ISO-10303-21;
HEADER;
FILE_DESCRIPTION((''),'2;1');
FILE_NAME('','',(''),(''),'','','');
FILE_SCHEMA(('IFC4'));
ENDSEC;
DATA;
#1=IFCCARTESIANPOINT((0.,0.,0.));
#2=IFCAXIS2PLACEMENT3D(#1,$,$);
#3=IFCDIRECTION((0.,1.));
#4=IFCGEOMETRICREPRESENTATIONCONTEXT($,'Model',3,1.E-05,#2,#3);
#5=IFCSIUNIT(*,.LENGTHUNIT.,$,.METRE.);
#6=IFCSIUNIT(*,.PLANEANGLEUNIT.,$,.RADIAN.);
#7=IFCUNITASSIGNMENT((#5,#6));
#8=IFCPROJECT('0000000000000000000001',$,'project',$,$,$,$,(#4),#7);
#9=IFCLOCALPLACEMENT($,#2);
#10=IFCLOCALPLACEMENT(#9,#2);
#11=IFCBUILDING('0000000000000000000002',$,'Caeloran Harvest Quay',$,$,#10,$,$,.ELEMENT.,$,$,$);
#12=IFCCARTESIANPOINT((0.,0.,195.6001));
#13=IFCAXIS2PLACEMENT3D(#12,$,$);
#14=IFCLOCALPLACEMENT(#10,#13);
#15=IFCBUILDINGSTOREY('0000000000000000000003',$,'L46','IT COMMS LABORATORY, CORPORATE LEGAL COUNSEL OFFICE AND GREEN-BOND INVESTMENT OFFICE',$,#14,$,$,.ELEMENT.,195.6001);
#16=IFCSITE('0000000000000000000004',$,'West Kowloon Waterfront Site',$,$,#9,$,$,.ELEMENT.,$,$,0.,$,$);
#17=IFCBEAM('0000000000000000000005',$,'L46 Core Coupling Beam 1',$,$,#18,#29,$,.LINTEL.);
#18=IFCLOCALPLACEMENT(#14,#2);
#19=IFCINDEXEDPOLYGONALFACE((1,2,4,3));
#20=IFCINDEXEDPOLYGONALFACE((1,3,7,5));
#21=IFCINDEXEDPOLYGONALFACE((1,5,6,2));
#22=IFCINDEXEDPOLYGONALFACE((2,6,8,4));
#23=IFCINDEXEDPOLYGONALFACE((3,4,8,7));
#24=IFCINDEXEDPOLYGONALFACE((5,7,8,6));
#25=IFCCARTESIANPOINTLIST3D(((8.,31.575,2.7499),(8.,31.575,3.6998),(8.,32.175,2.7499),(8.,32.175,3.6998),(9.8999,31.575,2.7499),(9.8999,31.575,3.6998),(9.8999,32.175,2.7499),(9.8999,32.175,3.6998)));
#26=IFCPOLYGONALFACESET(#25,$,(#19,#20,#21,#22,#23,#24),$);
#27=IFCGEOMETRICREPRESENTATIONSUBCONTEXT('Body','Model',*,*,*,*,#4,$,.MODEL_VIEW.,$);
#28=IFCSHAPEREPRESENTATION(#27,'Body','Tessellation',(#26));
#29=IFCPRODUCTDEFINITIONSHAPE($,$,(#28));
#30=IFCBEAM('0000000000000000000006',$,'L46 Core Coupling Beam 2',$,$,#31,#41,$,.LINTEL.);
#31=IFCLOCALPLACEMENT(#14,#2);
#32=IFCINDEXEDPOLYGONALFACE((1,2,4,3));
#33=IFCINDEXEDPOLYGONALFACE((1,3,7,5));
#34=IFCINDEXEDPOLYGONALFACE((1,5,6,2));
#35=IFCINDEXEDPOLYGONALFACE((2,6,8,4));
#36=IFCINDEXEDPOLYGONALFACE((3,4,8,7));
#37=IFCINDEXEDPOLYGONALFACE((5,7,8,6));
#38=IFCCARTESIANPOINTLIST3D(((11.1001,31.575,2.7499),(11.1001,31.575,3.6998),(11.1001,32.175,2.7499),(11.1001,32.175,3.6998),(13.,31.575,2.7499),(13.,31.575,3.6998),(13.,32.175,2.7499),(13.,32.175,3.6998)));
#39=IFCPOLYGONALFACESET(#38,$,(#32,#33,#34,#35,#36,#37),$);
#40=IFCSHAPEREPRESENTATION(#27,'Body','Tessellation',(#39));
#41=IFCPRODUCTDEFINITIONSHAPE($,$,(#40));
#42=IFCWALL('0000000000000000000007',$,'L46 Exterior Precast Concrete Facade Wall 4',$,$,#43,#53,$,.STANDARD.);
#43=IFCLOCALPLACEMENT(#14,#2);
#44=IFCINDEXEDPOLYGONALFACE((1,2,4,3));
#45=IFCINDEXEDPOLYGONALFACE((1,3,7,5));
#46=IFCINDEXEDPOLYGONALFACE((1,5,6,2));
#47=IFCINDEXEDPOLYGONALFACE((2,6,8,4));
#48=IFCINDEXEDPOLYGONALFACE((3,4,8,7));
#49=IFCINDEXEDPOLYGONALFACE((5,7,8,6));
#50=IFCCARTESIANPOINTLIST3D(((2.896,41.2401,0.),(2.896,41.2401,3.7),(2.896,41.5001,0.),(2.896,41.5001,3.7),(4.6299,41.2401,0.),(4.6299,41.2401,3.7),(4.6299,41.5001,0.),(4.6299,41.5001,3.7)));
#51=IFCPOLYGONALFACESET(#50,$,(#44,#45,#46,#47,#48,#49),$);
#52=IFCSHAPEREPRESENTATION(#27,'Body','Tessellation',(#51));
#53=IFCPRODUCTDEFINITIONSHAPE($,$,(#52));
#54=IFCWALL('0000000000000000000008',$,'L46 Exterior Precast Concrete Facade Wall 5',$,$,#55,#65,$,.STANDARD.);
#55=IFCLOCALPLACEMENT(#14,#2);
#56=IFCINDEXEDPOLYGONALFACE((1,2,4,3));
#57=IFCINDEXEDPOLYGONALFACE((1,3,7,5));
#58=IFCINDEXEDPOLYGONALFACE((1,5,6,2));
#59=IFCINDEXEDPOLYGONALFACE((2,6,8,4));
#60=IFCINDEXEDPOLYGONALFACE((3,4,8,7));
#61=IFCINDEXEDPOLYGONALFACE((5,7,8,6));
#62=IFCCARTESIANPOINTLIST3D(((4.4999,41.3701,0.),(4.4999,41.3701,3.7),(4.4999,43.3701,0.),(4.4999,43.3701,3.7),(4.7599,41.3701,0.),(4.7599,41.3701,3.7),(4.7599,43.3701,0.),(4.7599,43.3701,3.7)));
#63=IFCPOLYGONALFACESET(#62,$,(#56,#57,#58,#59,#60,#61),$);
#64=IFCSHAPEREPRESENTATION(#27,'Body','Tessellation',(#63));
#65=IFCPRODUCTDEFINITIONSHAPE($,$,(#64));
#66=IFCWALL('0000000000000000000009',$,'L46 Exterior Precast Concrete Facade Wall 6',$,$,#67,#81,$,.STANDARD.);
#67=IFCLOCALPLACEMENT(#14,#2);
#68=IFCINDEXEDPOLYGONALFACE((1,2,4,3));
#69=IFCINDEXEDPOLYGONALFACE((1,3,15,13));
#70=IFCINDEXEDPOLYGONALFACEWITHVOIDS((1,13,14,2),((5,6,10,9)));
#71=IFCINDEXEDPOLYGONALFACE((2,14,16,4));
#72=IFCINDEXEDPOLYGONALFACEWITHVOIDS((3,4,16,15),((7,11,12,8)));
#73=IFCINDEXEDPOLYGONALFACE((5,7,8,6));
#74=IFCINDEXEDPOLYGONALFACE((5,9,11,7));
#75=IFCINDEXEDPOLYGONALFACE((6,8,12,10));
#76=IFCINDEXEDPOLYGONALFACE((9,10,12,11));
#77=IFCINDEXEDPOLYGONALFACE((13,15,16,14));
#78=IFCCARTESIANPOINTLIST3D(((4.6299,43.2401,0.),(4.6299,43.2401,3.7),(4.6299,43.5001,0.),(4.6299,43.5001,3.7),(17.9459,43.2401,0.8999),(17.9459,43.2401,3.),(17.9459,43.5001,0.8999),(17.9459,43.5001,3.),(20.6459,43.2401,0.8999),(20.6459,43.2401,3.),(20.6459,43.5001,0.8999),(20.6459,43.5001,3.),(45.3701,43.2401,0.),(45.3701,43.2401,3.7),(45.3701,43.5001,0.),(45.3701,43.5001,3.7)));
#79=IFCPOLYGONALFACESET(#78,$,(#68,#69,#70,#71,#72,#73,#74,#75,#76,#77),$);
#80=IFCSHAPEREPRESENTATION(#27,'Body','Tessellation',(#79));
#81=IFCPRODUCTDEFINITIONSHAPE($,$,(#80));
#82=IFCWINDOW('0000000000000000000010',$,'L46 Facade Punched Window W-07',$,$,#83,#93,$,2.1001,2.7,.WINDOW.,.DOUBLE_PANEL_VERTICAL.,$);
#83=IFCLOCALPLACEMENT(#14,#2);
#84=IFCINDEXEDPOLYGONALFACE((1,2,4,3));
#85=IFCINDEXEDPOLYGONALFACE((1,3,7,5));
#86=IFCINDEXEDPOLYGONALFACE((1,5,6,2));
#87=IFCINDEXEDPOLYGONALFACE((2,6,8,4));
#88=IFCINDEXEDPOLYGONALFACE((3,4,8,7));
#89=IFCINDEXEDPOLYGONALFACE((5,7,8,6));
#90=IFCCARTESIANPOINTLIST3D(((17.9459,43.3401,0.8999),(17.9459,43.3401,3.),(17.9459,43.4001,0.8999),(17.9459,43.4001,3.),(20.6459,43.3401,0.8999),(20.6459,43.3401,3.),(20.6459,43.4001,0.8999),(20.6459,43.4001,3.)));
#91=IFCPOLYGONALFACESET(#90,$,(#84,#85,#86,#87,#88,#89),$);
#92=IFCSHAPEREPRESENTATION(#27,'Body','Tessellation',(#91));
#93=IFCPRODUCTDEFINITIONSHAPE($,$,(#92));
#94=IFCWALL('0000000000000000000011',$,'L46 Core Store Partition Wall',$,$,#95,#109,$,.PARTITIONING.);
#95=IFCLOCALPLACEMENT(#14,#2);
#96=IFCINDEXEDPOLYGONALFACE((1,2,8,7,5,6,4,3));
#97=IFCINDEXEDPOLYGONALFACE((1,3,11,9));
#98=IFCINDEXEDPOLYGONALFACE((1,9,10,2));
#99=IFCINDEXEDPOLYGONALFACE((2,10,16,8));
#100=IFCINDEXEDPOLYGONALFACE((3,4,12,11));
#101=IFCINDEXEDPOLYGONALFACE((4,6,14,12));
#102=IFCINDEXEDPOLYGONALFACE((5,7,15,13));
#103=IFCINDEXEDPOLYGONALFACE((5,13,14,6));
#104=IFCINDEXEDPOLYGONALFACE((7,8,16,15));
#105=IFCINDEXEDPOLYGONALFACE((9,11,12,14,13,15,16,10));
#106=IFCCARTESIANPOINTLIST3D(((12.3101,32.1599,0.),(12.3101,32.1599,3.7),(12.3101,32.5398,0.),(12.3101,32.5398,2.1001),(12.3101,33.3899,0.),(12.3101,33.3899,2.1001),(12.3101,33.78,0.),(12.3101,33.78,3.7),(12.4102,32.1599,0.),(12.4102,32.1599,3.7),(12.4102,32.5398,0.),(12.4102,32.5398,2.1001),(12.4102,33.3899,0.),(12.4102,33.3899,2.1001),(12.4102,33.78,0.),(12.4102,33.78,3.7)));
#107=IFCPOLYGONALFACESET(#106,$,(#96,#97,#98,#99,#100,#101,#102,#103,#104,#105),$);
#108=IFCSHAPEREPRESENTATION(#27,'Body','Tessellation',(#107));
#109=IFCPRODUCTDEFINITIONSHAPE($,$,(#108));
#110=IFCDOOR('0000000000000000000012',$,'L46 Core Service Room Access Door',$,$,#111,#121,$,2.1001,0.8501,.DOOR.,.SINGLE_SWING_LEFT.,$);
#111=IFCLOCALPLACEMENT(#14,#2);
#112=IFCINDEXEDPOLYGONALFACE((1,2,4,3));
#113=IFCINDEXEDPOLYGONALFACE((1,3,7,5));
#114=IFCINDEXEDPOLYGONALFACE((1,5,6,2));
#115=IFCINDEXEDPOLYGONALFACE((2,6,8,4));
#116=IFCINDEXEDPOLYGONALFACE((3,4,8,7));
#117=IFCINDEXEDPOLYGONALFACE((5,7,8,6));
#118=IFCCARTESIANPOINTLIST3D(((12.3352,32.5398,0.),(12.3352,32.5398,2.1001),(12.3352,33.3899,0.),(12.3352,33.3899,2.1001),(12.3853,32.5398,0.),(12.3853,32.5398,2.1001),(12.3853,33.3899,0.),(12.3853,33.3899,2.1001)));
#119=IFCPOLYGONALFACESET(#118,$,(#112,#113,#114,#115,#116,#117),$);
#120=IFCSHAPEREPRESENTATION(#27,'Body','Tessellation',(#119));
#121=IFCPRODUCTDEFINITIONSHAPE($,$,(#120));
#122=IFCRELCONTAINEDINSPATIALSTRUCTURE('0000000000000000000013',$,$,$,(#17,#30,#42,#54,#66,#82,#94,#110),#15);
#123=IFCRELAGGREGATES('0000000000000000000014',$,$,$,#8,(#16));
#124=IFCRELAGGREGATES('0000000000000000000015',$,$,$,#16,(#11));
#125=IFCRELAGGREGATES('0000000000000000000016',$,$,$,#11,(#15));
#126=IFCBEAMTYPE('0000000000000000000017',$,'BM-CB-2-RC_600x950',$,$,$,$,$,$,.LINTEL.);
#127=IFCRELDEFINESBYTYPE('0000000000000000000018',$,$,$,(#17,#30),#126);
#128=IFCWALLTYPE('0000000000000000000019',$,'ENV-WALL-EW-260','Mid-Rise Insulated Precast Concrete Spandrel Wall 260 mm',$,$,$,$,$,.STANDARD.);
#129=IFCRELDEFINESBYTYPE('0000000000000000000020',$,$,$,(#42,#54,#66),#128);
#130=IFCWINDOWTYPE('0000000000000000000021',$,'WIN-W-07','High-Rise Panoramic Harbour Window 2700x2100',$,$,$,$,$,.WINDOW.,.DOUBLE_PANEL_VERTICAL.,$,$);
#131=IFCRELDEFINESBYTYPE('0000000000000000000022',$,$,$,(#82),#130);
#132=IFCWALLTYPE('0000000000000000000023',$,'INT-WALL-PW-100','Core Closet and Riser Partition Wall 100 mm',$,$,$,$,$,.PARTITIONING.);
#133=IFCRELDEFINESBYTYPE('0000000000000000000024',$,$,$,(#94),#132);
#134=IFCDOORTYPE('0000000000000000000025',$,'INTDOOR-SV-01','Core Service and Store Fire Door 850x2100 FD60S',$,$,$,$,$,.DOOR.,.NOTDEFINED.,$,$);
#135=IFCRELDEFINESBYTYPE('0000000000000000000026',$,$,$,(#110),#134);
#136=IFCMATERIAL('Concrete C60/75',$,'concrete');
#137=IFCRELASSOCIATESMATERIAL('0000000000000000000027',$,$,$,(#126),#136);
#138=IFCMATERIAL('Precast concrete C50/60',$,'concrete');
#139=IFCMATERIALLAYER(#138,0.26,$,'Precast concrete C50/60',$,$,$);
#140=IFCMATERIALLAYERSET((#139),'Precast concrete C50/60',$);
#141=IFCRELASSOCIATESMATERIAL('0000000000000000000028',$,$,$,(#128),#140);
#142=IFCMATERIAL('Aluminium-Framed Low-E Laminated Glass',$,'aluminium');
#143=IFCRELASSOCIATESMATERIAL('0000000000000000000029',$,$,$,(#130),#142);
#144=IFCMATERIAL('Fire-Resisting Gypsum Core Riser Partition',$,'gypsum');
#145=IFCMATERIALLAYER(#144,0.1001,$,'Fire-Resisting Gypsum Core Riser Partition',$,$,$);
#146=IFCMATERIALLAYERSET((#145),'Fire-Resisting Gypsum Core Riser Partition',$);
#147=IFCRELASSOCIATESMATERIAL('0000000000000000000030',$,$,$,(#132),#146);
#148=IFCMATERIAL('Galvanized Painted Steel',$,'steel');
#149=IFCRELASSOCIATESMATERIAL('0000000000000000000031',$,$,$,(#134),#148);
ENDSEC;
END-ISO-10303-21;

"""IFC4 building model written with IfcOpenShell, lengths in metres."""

from ifc_helpers import new_model, si_unit, direction, frame, frame_2d, origin, origin_2d, place, context, subcontext, project, spatial, rectangle, extrude, material, layer, layer_set, material_profile, profile_set, type_object, element, fill, save


model = new_model("IFC4")

# Units and contexts
model_context = context("Model", 3, precision=1e-05, world=origin(), true_north=direction((0.0, 1.0)))
body_context = subcontext(model_context, "Body", "Model", "MODEL_VIEW")
ifc_project = project(units=[si_unit("LENGTHUNIT", "METRE"), si_unit("PLANEANGLEUNIT", "RADIAN")], contexts=[model_context])

# Site, building, storey
site_placement = place(None, origin())
site = spatial("IfcSite", under=ifc_project, at=site_placement, Name="West Kowloon Waterfront Site", CompositionType="ELEMENT", RefElevation=0.0)
building_placement = place(site_placement, origin())
building = spatial("IfcBuilding", under=site, at=building_placement, Name="Caeloran Harvest Quay", CompositionType="ELEMENT")
storey_placement = place(building_placement, frame((0.0, 0.0, 195.6001)))
storey = spatial("IfcBuildingStorey", under=building, at=storey_placement, Name="L46", Description="IT COMMS LABORATORY, CORPORATE LEGAL COUNSEL OFFICE AND GREEN-BOND INVESTMENT OFFICE", CompositionType="ELEMENT", Elevation=195.6001)

# Beams
ifc_material_1 = material(Name="Concrete C60/75", Category="concrete")
ifc_material_profile = material_profile(ifc_material_1, rectangle(XDim=0.6001, YDim=0.95, at=origin_2d()), Name="RC 600x950")
ifc_profile_set = profile_set([ifc_material_profile], Name="Concrete C60/75")
beam_type = type_object("IfcBeamType", Name="BM-CB-2-RC_600x950", PredefinedType="LINTEL", material=ifc_profile_set)
for number, where, z_axis, x_axis, name in (
    (1, (8.0, 31.875, 3.2249), (1.0, 0.0, 0.0), (0.0, 1.0, 0.0), "L46 Core Coupling Beam 1"),
    (2, (11.1001, 31.875, 3.2249), (1.0, 0.0, 0.0), (0.0, 1.0, 0.0), "L46 Core Coupling Beam 2"),
):
    element("IfcBeam", number, at=place(storey_placement, frame(where, z_axis=z_axis, x_axis=x_axis)), inside=storey, type_object=beam_type, Name=name, PredefinedType="LINTEL", context=body_context, shape_type="SweptSolid", body=[
        extrude(rectangle(XDim=0.6001, YDim=0.95, at=origin_2d()), origin(), (0.0, 0.0, 1.0), 1.8999),
    ])

# Walls
ifc_material_2 = material(Name="Precast concrete C50/60", Category="concrete")
ifc_layer_1 = layer(ifc_material_2, 0.26, Name="Precast concrete C50/60")
ifc_layer_set_1 = layer_set([ifc_layer_1], Name="Precast concrete C50/60")
wall_type_1 = type_object("IfcWallType", Name="ENV-WALL-EW-260", Description="Mid-Rise Insulated Precast Concrete Spandrel Wall 260 mm", PredefinedType="STANDARD", material=ifc_layer_set_1)
wall_1_placement = place(storey_placement, frame((2.896, 41.3701, 0.0), z_axis=(0.0, 0.0, 1.0), x_axis=(1.0, 0.0, 0.0)))
element("IfcWall", 3, at=wall_1_placement, inside=storey, type_object=wall_type_1, Name="L46 Exterior Precast Concrete Facade Wall 4", PredefinedType="STANDARD", context=body_context, shape_type="SweptSolid", body=[
    extrude(rectangle(XDim=1.7339, YDim=0.26, at=frame_2d((0.8669, 0.0))), origin(), (0.0, 0.0, 1.0), 3.7),
])
wall_2_placement = place(storey_placement, frame((4.6299, 41.3701, 0.0), z_axis=(0.0, 0.0, 1.0), x_axis=(0.0, 1.0, 0.0)))
element("IfcWall", 4, at=wall_2_placement, inside=storey, type_object=wall_type_1, Name="L46 Exterior Precast Concrete Facade Wall 5", PredefinedType="STANDARD", context=body_context, shape_type="SweptSolid", body=[
    extrude(rectangle(XDim=2.0, YDim=0.26, at=frame_2d((1.0, 0.0))), origin(), (0.0, 0.0, 1.0), 3.7),
])

# Wall, opening, window
wall_3_placement = place(storey_placement, frame((4.6299, 43.3701, 0.0), z_axis=(0.0, 0.0, 1.0), x_axis=(1.0, 0.0, 0.0)))
wall_3 = element("IfcWall", 5, at=wall_3_placement, inside=storey, type_object=wall_type_1, Name="L46 Exterior Precast Concrete Facade Wall 6", PredefinedType="STANDARD", context=body_context, shape_type="SweptSolid", body=[
    extrude(rectangle(XDim=40.7402, YDim=0.26, at=frame_2d((20.3701, 0.0))), origin(), (0.0, 0.0, 1.0), 3.7),
])
opening_1_placement = place(wall_3_placement, frame((13.3159, 0.0, 0.8999)))
opening_1 = element("IfcOpeningElement", 6, at=opening_1_placement, cuts=wall_3, PredefinedType="OPENING", context=body_context, shape_type="SweptSolid", body=[
    extrude(rectangle(XDim=2.7, YDim=2.1001, at=frame_2d((1.3501, 1.05))), frame((0.0, 0.1401, 0.0), z_axis=(0.0, -1.0, 0.0), x_axis=(1.0, 0.0, 0.0)), (0.0, 0.0, 1.0), 0.28),
])
ifc_material_3 = material(Name="Aluminium-Framed Low-E Laminated Glass", Category="aluminium")
window_type = type_object("IfcWindowType", Name="WIN-W-07", Description="High-Rise Panoramic Harbour Window 2700x2100", PartitioningType="DOUBLE_PANEL_VERTICAL", PredefinedType="WINDOW", material=ifc_material_3)
window_placement = place(opening_1_placement, origin())
window = element("IfcWindow", 7, at=window_placement, inside=storey, type_object=window_type, Name="L46 Facade Punched Window W-07", OverallHeight=2.1001, OverallWidth=2.7, PartitioningType="DOUBLE_PANEL_VERTICAL", PredefinedType="WINDOW", context=body_context, shape_type="SweptSolid", body=[
    extrude(rectangle(XDim=2.7, YDim=2.1001, at=frame_2d((1.3501, 1.05))), frame((0.0, 0.03, 0.0), z_axis=(0.0, -1.0, 0.0), x_axis=(1.0, 0.0, 0.0)), (0.0, 0.0, 1.0), 0.0601),
])
fill(opening_1, window)

# Wall, opening, door
ifc_material_4 = material(Name="Fire-Resisting Gypsum Core Riser Partition", Category="gypsum")
ifc_layer_2 = layer(ifc_material_4, 0.1001, Name="Fire-Resisting Gypsum Core Riser Partition")
ifc_layer_set_2 = layer_set([ifc_layer_2], Name="Fire-Resisting Gypsum Core Riser Partition")
wall_type_2 = type_object("IfcWallType", Name="INT-WALL-PW-100", Description="Core Closet and Riser Partition Wall 100 mm", PredefinedType="PARTITIONING", material=ifc_layer_set_2)
wall_4_placement = place(storey_placement, frame((12.3601, 32.1599, 0.0), z_axis=(0.0, 0.0, 1.0), x_axis=(0.0, 1.0, 0.0)))
wall_4 = element("IfcWall", 8, at=wall_4_placement, inside=storey, type_object=wall_type_2, Name="L46 Core Store Partition Wall", PredefinedType="PARTITIONING", context=body_context, shape_type="SweptSolid", body=[
    extrude(rectangle(XDim=1.6201, YDim=0.1001, at=frame_2d((0.8101, 0.0))), origin(), (0.0, 0.0, 1.0), 3.7),
])
opening_2_placement = place(wall_4_placement, frame((0.3799, 0.0, 0.0)))
opening_2 = element("IfcOpeningElement", 9, at=opening_2_placement, cuts=wall_4, PredefinedType="OPENING", context=body_context, shape_type="SweptSolid", body=[
    extrude(rectangle(XDim=0.8501, YDim=2.1001, at=frame_2d((0.425, 1.05))), frame((0.0, 0.0601, 0.0), z_axis=(0.0, -1.0, 0.0), x_axis=(1.0, 0.0, 0.0)), (0.0, 0.0, 1.0), 0.1201),
])
ifc_material_5 = material(Name="Galvanized Painted Steel", Category="steel")
door_type_1 = type_object("IfcDoorType", Name="INTDOOR-SV-01", Description="Core Service and Store Fire Door 850x2100 FD60S", OperationType="NOTDEFINED", PredefinedType="DOOR", material=ifc_material_5)
door_1_placement = place(opening_2_placement, origin())
door_1 = element("IfcDoor", 10, at=door_1_placement, inside=storey, type_object=door_type_1, Name="L46 Core Service Room Access Door", OperationType="SINGLE_SWING_LEFT", OverallHeight=2.1001, OverallWidth=0.8501, PredefinedType="DOOR", context=body_context, shape_type="SweptSolid", body=[
    extrude(rectangle(XDim=0.8501, YDim=2.1001, at=frame_2d((0.425, 1.05))), frame((0.0, 0.0249, 0.0), z_axis=(0.0, -1.0, 0.0), x_axis=(1.0, 0.0, 0.0)), (0.0, 0.0, 1.0), 0.05),
])
fill(opening_2, door_1)

save(model, "model.ifc")
